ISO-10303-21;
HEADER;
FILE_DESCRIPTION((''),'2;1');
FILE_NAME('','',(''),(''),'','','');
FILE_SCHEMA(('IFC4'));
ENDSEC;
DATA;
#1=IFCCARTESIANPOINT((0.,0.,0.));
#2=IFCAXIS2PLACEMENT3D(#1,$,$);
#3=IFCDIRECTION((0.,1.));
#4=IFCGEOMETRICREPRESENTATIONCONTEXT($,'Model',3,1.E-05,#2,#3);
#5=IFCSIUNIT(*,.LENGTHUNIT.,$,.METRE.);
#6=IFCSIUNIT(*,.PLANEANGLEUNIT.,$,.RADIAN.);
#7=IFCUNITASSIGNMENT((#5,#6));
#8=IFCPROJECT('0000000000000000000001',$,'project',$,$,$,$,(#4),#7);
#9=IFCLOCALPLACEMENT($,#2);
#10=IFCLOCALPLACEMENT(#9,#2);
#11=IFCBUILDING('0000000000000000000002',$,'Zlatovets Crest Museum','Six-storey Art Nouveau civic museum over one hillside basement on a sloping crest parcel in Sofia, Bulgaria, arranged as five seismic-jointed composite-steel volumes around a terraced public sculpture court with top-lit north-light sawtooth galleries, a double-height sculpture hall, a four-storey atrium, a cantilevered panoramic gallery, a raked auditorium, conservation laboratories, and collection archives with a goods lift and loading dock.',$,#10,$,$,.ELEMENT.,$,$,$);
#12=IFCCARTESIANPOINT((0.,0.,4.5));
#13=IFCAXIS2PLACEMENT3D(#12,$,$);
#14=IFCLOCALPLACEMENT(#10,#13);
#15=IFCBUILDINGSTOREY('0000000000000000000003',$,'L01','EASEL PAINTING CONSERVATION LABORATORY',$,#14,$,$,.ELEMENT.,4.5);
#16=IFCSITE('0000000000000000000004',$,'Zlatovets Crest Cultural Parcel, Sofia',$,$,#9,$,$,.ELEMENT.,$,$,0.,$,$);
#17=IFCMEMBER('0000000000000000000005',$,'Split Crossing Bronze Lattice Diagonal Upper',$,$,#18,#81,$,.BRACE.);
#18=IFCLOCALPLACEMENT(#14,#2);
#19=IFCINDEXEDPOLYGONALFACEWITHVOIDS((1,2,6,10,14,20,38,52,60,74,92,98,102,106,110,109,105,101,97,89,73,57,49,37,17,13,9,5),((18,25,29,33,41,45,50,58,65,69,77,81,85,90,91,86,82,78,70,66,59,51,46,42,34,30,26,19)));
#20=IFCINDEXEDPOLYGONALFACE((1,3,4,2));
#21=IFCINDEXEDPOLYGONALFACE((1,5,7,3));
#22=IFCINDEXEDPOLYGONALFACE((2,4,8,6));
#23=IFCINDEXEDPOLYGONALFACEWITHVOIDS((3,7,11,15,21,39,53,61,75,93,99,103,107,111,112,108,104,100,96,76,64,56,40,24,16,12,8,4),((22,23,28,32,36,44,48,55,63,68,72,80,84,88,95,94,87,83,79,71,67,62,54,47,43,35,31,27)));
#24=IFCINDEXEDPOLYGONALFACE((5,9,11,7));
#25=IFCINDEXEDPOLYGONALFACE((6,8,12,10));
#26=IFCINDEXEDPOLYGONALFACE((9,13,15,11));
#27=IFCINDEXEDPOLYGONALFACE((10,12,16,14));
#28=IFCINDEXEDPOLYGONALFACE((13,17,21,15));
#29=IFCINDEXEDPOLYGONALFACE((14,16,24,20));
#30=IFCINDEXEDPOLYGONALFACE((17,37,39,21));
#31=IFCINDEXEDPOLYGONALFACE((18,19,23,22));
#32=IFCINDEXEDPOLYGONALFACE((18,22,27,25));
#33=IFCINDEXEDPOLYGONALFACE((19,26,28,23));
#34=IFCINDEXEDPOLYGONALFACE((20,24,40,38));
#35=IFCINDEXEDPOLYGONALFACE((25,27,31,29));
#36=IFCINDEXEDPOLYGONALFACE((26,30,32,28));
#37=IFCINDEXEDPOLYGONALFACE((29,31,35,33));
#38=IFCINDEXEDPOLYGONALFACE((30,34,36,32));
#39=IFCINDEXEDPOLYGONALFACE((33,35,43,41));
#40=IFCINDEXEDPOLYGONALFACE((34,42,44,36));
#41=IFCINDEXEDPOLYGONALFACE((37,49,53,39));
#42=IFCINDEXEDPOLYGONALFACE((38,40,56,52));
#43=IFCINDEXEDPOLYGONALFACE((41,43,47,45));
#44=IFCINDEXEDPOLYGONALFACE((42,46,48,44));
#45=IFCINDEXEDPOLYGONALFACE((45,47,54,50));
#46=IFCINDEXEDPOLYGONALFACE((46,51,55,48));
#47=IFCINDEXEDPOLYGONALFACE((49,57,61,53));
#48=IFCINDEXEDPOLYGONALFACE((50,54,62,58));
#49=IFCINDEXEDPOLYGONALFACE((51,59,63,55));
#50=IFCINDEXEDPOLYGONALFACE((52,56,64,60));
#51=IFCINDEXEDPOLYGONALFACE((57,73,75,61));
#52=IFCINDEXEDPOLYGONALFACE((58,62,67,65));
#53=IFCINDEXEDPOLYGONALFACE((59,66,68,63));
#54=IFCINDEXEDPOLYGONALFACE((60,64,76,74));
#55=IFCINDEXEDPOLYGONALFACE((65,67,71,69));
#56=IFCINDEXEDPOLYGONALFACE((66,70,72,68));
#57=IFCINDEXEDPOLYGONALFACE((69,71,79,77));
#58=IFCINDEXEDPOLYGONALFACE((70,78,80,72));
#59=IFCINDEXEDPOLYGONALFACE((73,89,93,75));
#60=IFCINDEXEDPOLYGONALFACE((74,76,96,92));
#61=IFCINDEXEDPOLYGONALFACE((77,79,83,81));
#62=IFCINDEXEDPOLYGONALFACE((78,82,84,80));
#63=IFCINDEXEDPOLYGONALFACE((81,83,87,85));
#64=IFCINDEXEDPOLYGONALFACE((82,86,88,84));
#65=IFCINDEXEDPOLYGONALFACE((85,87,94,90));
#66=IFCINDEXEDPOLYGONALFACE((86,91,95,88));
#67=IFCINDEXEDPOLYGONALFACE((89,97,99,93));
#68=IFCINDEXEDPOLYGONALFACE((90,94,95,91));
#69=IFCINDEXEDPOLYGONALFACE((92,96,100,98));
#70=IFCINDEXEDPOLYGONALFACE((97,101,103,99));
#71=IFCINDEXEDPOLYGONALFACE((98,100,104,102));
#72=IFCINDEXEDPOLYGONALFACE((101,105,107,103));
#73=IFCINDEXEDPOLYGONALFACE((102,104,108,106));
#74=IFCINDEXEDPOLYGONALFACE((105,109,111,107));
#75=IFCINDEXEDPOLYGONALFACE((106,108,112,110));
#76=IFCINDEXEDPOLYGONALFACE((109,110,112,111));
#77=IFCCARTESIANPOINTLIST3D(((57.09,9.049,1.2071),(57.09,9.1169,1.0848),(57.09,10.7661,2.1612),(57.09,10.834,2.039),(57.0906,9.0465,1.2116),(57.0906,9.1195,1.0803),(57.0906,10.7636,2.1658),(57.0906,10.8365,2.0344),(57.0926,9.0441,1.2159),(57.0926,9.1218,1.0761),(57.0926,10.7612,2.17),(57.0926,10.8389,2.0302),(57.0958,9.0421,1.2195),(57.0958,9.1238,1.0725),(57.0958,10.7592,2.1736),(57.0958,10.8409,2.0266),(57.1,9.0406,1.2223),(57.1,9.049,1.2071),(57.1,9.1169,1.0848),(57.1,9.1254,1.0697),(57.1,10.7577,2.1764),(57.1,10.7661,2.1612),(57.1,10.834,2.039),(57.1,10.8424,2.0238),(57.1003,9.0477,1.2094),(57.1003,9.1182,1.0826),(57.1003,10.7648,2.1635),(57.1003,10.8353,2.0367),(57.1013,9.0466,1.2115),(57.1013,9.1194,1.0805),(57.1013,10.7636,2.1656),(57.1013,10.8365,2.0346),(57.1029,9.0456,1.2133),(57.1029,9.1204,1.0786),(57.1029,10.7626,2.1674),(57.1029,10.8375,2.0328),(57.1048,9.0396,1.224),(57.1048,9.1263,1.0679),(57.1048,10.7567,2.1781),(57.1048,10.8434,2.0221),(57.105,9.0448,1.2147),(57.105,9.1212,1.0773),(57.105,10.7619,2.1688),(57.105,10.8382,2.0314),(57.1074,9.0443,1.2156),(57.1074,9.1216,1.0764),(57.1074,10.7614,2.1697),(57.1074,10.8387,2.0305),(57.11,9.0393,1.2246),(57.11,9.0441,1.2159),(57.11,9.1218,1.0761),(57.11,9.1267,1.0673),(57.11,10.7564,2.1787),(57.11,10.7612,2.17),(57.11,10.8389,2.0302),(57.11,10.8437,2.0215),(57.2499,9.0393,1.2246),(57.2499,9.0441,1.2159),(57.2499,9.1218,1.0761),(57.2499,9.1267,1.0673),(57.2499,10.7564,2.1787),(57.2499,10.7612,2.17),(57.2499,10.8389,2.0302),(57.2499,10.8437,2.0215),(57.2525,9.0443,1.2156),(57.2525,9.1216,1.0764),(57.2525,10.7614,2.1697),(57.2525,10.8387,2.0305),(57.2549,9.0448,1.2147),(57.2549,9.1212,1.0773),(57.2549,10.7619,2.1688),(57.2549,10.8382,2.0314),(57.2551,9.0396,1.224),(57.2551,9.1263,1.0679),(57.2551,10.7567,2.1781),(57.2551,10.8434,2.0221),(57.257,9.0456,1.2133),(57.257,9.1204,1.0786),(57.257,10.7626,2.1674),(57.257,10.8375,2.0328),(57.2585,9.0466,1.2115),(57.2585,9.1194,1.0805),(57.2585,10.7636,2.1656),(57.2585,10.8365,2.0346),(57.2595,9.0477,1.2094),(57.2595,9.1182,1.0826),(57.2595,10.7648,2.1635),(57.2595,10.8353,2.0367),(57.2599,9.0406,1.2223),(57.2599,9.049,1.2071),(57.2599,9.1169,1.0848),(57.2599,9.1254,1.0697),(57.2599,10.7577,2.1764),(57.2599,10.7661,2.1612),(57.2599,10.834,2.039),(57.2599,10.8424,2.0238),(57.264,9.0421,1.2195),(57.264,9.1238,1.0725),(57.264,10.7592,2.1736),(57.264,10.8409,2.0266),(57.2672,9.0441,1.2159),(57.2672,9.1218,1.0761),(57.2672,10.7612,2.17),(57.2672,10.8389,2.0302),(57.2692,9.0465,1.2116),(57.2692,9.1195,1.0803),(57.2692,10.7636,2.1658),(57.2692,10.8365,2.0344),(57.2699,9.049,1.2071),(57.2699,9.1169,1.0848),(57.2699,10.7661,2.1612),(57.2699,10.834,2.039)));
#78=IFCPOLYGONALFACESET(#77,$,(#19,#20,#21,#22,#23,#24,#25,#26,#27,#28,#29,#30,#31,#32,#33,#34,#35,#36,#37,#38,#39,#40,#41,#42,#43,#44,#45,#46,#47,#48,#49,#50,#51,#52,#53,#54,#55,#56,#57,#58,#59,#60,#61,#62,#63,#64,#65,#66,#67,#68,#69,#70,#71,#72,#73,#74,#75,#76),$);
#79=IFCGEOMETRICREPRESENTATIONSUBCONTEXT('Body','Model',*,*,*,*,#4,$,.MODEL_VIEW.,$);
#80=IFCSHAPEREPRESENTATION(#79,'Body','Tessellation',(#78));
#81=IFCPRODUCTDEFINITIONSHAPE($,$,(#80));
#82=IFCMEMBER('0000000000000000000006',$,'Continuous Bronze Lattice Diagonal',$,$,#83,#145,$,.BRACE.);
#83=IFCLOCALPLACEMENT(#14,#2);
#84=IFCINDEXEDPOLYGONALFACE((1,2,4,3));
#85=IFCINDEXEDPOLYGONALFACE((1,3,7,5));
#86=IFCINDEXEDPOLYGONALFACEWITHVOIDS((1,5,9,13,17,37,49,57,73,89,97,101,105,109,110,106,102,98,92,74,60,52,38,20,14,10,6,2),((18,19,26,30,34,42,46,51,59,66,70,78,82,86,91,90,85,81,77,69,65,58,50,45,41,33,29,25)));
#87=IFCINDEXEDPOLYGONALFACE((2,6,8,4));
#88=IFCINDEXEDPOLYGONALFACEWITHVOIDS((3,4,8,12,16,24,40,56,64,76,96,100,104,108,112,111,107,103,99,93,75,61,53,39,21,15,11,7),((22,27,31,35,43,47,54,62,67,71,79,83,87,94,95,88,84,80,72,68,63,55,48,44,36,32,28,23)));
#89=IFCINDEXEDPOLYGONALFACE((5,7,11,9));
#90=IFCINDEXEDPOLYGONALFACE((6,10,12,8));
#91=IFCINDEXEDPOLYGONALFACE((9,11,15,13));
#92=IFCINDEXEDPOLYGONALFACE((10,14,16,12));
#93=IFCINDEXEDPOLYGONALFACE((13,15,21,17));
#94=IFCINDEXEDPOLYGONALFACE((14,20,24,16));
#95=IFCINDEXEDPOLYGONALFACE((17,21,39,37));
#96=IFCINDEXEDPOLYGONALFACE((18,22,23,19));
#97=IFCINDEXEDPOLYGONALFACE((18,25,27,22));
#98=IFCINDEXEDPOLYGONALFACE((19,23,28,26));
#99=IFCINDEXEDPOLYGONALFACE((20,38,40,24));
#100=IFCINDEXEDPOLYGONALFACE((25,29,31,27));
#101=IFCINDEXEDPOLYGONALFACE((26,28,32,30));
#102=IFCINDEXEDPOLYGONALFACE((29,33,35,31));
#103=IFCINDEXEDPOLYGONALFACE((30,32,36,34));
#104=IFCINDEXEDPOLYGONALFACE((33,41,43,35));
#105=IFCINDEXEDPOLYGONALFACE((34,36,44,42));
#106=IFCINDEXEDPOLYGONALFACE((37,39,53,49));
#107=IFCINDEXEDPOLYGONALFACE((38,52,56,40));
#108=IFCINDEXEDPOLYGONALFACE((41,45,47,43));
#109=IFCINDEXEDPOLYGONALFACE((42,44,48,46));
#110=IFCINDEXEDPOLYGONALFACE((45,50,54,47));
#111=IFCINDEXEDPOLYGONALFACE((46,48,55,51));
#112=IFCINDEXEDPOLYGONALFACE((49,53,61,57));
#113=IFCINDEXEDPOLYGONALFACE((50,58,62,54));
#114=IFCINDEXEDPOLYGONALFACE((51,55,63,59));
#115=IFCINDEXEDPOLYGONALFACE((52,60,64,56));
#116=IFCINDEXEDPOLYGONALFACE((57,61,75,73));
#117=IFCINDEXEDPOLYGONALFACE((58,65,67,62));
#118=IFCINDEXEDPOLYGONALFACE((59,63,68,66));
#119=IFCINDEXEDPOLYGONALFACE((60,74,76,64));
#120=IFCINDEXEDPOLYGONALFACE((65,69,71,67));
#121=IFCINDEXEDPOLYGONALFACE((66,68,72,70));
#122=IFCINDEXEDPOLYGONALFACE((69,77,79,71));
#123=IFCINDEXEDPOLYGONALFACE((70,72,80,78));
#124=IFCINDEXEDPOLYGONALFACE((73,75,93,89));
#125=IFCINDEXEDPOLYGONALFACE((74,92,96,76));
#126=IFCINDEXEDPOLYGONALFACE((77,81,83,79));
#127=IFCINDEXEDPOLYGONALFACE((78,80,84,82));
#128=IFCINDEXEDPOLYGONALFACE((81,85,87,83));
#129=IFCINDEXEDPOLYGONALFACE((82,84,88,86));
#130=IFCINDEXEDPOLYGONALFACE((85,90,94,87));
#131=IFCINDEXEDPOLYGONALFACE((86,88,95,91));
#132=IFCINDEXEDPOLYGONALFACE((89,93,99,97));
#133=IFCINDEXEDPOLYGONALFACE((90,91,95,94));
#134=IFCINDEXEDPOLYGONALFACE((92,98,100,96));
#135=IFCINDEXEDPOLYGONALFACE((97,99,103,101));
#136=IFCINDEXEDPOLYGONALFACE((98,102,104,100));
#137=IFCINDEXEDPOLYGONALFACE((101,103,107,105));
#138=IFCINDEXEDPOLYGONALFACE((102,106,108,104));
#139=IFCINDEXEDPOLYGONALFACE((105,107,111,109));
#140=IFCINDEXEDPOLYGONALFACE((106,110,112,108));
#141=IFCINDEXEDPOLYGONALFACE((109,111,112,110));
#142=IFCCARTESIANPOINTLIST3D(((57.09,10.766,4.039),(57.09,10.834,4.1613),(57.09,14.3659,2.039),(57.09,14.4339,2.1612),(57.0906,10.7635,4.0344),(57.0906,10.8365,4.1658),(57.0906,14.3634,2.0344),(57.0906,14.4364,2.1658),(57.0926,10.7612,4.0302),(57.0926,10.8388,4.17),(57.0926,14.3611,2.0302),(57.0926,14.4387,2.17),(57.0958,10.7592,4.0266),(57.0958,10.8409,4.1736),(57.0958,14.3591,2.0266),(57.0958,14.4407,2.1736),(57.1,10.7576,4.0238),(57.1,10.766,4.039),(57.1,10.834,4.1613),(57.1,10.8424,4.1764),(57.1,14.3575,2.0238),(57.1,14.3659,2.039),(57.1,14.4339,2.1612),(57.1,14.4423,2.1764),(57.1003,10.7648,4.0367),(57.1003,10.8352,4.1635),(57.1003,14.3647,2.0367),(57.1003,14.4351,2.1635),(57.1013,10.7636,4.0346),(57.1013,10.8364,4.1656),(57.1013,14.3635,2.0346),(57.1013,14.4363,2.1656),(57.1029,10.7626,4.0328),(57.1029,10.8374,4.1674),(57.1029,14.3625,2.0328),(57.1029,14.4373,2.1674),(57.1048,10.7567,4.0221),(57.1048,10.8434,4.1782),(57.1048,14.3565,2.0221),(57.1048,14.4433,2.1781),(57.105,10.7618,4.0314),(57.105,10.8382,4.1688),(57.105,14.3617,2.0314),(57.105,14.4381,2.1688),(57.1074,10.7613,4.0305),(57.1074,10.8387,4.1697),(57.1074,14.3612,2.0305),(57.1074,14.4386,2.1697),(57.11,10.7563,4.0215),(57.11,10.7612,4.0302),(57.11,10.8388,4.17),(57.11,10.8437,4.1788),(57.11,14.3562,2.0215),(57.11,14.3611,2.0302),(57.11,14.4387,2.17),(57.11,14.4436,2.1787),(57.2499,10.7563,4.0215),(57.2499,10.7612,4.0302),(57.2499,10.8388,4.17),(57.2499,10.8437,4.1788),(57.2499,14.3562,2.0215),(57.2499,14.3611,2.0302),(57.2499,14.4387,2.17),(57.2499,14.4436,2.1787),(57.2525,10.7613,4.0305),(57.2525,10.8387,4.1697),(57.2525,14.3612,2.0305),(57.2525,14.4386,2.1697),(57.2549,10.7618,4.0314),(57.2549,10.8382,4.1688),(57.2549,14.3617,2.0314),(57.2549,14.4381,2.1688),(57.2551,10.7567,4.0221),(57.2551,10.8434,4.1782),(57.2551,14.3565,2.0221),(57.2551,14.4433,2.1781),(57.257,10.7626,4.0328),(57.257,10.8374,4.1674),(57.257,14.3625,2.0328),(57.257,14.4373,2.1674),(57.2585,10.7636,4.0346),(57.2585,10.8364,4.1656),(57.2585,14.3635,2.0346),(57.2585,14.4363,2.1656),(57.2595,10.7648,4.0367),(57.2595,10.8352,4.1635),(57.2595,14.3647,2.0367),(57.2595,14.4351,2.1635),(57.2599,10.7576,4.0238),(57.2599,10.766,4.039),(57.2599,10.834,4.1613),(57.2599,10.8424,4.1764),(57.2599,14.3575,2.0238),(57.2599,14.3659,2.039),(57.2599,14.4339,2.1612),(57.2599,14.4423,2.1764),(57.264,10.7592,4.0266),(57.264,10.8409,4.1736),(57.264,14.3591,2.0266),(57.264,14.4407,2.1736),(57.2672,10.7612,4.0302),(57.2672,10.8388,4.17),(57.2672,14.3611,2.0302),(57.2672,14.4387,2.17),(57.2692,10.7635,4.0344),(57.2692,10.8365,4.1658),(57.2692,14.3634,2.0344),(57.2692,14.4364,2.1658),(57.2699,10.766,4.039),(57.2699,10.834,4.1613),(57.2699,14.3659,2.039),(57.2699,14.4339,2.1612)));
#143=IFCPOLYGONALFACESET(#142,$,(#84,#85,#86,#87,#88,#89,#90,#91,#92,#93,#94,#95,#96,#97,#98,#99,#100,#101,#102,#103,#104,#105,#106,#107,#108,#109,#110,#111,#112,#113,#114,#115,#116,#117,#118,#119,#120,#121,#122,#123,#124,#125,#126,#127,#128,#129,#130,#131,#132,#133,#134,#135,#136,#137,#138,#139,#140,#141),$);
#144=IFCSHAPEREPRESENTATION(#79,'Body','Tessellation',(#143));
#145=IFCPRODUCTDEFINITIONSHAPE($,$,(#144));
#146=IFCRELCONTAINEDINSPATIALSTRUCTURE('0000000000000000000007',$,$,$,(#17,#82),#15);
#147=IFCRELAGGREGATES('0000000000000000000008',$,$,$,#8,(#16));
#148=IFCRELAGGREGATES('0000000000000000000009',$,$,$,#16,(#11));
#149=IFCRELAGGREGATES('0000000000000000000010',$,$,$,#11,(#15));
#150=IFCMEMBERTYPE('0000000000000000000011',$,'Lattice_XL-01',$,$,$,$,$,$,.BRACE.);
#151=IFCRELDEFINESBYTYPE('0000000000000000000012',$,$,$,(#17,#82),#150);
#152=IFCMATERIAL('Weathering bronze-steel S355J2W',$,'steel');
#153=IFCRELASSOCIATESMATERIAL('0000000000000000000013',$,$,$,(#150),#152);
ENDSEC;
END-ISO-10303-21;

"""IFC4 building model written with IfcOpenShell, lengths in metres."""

from ifc_helpers import new_model, si_unit, direction, frame, origin, origin_2d, place, context, subcontext, project, spatial, hollow_rectangle, extrude, material, material_profile, profile_set, type_object, element, save


model = new_model("IFC4")

# Units and contexts
model_context = context("Model", 3, precision=1e-05, world=origin(), true_north=direction((0.0, 1.0)))
body_context = subcontext(model_context, "Body", "Model", "MODEL_VIEW")
ifc_project = project(units=[si_unit("LENGTHUNIT", "METRE"), si_unit("PLANEANGLEUNIT", "RADIAN")], contexts=[model_context])

# Site, building, storey
site_placement = place(None, origin())
site = spatial("IfcSite", under=ifc_project, at=site_placement, Name="Zlatovets Crest Cultural Parcel, Sofia", CompositionType="ELEMENT", RefElevation=0.0)
building_placement = place(site_placement, origin())
building = spatial("IfcBuilding", under=site, at=building_placement, Name="Zlatovets Crest Museum", Description="Six-storey Art Nouveau civic museum over one hillside basement on a sloping crest parcel in Sofia, Bulgaria, arranged as five seismic-jointed composite-steel volumes around a terraced public sculpture court with top-lit north-light sawtooth galleries, a double-height sculpture hall, a four-storey atrium, a cantilevered panoramic gallery, a raked auditorium, conservation laboratories, and collection archives with a goods lift and loading dock.", CompositionType="ELEMENT")
storey_placement = place(building_placement, frame((0.0, 0.0, 4.5)))
storey = spatial("IfcBuildingStorey", under=building, at=storey_placement, Name="L01", Description="EASEL PAINTING CONSERVATION LABORATORY", CompositionType="ELEMENT", Elevation=4.5)

# Members
ifc_material_1 = material(Name="Weathering bronze-steel S355J2W", Category="steel")
ifc_material_profile_1 = material_profile(ifc_material_1, hollow_rectangle(XDim=0.1799, YDim=0.1799, WallThickness=0.01, InnerFilletRadius=0.01, OuterFilletRadius=0.02, at=origin_2d()), Name="SHS 180x180x10.0")
ifc_profile_set_1 = profile_set([ifc_material_profile_1], Name="Weathering bronze-steel S355J2W")
member_type_1 = type_object("IfcMemberType", Name="Lattice_XL-01", PredefinedType="BRACE", material=ifc_profile_set_1)
member_1_placement = place(storey_placement, frame((57.1799, 10.8, 2.1001), z_axis=(0.0, -0.874116, -0.485717), x_axis=(1.0, 0.0, 0.0)))
element("IfcMember", 1, at=member_1_placement, inside=storey, type_object=member_type_1, Name="Split Crossing Bronze Lattice Diagonal Upper", PredefinedType="BRACE", context=body_context, shape_type="SweptSolid", body=[
    extrude(hollow_rectangle(XDim=0.1799, YDim=0.1799, WallThickness=0.01, InnerFilletRadius=0.01, OuterFilletRadius=0.02, at=origin_2d()), origin(), (0.0, 0.0, 1.0), 1.9644),
])
member_2_placement = place(storey_placement, frame((57.1799, 14.3999, 2.1001), z_axis=(0.0, -0.874149, 0.485658), x_axis=(1.0, 0.0, 0.0)))
element("IfcMember", 2, at=member_2_placement, inside=storey, type_object=member_type_1, Name="Continuous Bronze Lattice Diagonal", PredefinedType="BRACE", context=body_context, shape_type="SweptSolid", body=[
    extrude(hollow_rectangle(XDim=0.1799, YDim=0.1799, WallThickness=0.01, InnerFilletRadius=0.01, OuterFilletRadius=0.02, at=origin_2d()), origin(), (0.0, 0.0, 1.0), 4.1182),
])

save(model, "model.ifc")
